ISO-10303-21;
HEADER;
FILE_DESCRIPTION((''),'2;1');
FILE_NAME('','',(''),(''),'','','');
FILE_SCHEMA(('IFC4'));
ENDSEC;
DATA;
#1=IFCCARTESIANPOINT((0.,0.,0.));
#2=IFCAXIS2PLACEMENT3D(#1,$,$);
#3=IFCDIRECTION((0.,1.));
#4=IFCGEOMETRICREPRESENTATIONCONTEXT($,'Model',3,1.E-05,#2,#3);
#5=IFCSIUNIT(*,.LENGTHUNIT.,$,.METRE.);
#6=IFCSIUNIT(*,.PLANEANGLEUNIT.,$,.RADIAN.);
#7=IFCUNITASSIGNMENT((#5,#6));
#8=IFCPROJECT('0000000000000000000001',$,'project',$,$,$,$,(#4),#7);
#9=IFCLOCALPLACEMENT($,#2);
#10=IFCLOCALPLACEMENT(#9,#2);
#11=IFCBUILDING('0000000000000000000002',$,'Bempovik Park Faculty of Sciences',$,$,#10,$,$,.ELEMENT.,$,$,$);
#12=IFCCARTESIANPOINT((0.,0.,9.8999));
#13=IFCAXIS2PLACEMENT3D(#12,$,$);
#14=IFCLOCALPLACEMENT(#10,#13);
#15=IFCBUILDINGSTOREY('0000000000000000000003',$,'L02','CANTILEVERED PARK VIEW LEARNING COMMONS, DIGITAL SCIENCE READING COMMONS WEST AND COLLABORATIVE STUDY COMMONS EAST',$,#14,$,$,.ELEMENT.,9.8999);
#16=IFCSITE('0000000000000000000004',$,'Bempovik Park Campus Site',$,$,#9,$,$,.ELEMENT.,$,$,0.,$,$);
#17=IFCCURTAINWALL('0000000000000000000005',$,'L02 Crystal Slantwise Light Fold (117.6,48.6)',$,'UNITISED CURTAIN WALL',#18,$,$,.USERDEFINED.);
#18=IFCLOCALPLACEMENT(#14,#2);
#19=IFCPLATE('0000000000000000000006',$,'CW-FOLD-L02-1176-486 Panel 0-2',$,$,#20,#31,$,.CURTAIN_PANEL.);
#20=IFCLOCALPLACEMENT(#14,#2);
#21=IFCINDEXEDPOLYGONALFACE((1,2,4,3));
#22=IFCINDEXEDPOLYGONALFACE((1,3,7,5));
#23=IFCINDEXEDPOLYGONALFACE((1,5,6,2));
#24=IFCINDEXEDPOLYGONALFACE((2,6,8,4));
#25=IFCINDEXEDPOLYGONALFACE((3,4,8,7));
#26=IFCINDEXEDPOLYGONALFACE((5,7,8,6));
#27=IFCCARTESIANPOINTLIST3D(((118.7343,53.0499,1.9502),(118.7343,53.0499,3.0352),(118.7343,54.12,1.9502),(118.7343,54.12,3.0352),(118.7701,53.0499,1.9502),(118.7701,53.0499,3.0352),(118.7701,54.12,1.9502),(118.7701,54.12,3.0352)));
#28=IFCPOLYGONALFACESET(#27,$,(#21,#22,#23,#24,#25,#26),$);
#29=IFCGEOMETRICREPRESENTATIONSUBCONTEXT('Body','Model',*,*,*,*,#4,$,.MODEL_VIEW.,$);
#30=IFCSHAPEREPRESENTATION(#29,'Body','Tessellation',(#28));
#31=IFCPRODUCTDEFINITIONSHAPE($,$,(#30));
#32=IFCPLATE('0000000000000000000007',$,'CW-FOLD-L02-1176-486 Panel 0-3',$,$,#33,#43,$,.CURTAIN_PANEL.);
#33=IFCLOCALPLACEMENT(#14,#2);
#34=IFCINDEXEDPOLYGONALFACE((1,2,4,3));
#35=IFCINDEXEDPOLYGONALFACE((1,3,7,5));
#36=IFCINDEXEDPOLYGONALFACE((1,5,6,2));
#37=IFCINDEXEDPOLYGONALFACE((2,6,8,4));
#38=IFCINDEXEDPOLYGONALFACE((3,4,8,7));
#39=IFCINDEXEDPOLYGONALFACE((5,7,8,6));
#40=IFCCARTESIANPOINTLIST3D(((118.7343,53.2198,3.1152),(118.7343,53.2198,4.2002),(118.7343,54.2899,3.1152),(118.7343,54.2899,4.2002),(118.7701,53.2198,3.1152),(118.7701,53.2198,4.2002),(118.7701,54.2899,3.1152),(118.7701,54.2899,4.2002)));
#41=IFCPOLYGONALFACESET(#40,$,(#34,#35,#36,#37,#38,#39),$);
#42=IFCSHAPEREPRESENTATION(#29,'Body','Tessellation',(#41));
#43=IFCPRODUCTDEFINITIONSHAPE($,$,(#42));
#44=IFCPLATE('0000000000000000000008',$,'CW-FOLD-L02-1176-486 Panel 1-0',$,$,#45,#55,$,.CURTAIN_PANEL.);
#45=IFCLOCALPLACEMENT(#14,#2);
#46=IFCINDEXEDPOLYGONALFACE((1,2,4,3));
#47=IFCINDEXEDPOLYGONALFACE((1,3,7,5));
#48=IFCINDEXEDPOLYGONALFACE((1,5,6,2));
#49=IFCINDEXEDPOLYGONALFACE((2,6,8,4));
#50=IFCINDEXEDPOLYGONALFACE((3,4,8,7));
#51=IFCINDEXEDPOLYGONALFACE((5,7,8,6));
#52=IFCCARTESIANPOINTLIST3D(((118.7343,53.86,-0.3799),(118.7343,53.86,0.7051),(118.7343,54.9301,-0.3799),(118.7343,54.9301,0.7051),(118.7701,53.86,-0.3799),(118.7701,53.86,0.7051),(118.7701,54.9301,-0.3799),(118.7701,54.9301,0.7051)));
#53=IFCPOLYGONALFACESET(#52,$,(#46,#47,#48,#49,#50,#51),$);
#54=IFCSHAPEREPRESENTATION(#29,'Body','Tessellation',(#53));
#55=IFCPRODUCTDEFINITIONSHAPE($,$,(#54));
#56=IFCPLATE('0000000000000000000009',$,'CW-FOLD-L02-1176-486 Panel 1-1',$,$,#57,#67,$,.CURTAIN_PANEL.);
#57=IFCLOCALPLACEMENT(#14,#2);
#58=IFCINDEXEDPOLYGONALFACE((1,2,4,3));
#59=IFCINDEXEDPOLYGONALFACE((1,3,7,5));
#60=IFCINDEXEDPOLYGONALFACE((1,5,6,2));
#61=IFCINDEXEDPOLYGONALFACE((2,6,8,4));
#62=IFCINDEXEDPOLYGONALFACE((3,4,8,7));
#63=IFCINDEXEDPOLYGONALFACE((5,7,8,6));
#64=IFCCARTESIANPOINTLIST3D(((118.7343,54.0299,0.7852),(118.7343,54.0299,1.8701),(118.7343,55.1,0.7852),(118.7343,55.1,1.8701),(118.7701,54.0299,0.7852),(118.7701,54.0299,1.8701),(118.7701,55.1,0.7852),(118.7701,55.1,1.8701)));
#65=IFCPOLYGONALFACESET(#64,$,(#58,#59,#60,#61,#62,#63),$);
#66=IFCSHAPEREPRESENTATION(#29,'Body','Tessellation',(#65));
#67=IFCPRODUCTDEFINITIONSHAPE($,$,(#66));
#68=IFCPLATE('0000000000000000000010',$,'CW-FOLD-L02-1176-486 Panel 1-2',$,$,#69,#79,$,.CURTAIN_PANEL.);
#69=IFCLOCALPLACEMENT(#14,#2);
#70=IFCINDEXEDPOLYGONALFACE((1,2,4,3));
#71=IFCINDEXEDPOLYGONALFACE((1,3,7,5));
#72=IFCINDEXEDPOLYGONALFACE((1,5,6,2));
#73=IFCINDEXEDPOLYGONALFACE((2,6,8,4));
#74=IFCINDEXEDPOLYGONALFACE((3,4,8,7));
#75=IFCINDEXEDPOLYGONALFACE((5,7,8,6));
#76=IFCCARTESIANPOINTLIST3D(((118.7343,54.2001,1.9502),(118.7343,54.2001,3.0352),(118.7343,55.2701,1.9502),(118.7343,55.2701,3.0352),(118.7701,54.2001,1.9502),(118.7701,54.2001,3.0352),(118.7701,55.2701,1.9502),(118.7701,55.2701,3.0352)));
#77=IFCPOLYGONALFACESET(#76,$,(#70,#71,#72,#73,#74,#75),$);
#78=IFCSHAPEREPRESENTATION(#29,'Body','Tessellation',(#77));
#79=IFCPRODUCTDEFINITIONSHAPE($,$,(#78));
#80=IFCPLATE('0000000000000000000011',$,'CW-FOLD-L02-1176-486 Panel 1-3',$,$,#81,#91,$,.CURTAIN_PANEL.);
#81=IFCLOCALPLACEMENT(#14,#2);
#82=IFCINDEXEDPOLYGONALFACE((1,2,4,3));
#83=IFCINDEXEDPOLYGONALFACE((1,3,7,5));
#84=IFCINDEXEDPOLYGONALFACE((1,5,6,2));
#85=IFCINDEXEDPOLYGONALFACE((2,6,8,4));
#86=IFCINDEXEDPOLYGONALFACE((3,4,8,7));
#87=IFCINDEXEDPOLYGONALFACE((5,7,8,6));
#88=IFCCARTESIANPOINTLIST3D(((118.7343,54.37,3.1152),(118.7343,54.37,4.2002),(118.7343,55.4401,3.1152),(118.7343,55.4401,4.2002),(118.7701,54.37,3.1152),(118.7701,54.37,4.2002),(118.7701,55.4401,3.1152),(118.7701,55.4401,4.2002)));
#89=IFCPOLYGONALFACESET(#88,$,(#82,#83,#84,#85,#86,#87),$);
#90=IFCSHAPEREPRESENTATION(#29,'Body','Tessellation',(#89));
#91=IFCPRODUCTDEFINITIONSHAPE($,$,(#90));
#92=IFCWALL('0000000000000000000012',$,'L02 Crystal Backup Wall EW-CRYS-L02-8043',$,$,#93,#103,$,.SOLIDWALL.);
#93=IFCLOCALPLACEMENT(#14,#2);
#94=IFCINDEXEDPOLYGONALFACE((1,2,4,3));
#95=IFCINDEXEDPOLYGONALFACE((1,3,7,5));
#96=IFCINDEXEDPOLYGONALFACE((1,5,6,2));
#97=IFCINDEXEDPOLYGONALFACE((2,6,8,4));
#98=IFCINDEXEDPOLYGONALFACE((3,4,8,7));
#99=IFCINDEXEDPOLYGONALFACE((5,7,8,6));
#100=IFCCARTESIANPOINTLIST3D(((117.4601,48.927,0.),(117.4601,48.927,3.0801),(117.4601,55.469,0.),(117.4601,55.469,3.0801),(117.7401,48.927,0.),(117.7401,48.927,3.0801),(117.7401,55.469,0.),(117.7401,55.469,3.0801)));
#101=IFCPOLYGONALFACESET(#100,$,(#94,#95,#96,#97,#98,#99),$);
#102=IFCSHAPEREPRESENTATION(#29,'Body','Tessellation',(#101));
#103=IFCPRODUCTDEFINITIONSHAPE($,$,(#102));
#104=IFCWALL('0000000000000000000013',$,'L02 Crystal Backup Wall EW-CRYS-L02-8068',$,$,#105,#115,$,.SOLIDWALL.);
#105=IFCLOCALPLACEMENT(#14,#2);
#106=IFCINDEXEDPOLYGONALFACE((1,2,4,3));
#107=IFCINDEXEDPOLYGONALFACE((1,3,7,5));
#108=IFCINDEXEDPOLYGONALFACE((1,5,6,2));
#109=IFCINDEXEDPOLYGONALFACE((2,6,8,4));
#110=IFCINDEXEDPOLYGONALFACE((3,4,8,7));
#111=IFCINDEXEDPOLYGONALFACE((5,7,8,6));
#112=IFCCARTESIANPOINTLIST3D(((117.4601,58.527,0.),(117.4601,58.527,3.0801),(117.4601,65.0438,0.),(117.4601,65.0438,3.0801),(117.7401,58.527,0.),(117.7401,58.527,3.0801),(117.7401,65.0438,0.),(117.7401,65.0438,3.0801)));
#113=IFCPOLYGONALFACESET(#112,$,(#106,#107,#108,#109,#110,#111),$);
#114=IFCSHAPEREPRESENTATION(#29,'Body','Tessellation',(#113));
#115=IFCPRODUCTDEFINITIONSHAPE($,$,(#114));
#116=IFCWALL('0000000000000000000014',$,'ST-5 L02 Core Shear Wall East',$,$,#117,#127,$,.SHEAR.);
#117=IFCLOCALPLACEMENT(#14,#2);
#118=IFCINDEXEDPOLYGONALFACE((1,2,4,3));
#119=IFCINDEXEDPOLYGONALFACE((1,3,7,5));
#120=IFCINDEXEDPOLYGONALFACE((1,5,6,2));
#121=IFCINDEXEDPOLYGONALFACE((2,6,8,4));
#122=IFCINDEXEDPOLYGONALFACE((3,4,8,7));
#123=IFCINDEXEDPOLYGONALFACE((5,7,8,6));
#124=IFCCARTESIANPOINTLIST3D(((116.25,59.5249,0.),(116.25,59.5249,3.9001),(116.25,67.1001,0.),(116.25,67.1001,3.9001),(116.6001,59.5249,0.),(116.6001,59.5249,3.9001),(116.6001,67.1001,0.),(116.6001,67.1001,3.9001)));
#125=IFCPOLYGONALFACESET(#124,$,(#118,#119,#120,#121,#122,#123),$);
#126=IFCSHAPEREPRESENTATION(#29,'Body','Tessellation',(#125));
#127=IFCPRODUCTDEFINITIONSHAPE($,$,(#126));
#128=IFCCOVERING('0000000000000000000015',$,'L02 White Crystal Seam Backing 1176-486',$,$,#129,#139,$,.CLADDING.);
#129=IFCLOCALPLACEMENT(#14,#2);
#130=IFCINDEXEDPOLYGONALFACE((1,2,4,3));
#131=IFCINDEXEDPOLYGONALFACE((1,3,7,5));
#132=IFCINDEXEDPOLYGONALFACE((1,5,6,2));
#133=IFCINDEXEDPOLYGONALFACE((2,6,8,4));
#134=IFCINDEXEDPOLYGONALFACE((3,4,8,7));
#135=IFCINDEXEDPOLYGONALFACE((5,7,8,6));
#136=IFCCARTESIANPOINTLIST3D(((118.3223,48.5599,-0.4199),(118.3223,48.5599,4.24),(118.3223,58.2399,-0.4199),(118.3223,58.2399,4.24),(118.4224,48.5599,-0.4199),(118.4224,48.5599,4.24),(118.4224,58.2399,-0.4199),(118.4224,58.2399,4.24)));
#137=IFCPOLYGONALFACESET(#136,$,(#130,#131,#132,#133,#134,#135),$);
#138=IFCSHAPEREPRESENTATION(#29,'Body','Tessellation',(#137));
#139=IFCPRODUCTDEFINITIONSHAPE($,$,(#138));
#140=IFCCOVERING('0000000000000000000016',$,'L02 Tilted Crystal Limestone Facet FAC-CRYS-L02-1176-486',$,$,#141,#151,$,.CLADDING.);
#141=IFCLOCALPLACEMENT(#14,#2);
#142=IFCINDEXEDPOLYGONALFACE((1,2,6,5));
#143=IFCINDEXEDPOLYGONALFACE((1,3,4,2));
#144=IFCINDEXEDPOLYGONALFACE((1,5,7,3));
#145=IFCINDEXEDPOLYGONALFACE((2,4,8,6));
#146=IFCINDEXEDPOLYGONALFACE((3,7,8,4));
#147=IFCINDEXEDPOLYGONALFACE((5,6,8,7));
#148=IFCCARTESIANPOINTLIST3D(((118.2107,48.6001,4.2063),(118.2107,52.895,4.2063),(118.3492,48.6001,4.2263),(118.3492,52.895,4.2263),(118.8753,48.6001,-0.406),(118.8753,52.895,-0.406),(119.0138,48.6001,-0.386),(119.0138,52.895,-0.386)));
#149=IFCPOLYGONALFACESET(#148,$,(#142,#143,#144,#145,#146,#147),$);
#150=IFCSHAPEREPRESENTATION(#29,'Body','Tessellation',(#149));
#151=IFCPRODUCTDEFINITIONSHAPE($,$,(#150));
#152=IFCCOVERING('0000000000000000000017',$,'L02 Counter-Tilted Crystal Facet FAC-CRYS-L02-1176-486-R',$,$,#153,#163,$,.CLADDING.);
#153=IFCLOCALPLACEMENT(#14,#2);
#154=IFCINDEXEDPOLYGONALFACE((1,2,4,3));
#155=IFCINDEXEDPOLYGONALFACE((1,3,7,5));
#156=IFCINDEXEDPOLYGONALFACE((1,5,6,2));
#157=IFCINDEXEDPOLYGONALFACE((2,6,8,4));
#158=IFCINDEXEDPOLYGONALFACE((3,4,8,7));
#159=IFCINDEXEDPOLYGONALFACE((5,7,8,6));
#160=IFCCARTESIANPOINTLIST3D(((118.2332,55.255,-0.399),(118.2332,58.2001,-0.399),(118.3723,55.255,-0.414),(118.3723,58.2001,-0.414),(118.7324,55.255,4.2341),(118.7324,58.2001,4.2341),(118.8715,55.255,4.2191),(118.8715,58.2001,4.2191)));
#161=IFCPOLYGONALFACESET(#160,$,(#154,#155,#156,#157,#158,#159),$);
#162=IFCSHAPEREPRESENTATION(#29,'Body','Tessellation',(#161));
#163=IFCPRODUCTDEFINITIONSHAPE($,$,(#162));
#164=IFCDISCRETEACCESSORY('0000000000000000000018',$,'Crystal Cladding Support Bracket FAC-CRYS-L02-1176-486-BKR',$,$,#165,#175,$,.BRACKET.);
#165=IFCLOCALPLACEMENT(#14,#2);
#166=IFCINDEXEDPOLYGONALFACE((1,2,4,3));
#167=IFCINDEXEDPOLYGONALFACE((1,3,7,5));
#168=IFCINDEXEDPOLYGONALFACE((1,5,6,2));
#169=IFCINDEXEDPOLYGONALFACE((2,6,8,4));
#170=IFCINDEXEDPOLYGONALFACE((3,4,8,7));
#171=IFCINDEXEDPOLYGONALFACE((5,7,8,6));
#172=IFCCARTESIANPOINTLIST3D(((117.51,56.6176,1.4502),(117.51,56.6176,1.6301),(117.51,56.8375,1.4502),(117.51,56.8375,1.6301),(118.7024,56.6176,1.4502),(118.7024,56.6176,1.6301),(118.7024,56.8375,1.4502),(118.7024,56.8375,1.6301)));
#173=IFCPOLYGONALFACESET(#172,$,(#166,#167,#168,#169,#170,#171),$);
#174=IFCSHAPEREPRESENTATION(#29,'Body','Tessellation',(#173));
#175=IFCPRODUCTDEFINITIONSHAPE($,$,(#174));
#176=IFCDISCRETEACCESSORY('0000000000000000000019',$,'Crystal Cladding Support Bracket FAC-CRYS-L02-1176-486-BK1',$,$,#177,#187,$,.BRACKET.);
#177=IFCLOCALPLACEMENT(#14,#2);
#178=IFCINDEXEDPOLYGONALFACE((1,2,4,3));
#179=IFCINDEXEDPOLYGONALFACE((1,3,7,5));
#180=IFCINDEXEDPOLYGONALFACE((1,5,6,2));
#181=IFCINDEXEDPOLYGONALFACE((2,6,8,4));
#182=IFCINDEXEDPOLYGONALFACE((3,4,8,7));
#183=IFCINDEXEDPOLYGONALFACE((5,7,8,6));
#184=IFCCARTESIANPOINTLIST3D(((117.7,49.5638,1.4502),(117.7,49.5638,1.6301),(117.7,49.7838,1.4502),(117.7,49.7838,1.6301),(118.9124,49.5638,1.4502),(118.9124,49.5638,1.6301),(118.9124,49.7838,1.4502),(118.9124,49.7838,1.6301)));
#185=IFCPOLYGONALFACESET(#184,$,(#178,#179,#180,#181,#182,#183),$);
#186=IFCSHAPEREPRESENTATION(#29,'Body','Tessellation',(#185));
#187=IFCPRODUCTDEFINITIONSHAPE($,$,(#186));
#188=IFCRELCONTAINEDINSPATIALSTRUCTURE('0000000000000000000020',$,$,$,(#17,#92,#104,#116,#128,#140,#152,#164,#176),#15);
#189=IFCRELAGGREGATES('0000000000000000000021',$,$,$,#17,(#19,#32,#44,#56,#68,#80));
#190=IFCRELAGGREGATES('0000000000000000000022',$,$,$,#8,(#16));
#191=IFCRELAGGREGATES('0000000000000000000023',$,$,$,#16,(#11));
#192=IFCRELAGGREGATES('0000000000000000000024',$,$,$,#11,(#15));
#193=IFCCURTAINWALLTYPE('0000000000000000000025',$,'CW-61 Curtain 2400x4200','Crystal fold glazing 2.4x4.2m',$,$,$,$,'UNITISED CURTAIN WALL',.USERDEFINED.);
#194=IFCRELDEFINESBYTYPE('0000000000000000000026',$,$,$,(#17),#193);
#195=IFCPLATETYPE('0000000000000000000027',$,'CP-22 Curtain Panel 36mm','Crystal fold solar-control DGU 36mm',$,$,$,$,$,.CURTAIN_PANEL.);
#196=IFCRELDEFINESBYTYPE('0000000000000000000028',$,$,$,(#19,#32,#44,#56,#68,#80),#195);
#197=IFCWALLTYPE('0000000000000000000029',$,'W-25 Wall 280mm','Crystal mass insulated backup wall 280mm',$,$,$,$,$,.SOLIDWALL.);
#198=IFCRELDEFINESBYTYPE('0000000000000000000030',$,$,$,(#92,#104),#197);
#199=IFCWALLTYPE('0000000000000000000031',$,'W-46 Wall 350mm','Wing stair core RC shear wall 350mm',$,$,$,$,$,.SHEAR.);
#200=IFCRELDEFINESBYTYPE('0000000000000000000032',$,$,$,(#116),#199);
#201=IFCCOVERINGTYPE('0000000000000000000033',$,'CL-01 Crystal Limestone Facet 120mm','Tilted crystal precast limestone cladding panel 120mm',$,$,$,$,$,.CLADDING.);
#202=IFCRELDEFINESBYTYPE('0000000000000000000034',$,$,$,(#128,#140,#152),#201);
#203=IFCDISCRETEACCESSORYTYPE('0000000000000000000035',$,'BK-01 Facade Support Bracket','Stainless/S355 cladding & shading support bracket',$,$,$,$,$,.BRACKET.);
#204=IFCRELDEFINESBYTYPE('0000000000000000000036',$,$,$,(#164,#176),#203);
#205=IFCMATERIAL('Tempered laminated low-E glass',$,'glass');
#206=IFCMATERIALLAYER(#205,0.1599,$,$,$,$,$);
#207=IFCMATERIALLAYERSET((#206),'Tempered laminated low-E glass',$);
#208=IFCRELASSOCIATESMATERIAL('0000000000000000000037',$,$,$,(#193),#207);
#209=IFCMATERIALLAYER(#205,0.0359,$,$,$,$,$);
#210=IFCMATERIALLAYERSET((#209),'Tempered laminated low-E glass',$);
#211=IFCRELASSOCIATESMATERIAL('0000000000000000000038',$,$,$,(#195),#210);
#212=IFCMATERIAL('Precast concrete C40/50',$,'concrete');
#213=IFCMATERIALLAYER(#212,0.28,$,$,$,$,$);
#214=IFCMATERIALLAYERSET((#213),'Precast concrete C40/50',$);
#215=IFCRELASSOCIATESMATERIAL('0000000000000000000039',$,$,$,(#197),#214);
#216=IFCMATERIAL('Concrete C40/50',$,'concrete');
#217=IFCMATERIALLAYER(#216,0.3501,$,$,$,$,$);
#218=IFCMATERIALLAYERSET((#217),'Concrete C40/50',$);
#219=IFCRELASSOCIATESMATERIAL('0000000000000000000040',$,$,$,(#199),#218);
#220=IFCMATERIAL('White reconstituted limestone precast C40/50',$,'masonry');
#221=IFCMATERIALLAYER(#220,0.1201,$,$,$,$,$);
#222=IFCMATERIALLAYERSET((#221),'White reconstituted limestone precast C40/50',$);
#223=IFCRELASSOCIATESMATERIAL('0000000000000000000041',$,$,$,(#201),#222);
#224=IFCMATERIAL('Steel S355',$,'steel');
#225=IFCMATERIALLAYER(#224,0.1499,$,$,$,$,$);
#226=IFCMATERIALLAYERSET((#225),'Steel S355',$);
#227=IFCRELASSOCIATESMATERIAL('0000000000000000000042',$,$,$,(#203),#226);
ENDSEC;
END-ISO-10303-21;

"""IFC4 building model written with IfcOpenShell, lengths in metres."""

from ifc_helpers import new_model, si_unit, direction, frame, frame_2d, origin, origin_2d, place, context, subcontext, project, spatial, rectangle, extrude, material, layer, layer_set, type_object, element, aggregate, save


model = new_model("IFC4")

# Units and contexts
model_context = context("Model", 3, precision=1e-05, world=origin(), true_north=direction((0.0, 1.0)))
body_context = subcontext(model_context, "Body", "Model", "MODEL_VIEW")
ifc_project = project(units=[si_unit("LENGTHUNIT", "METRE"), si_unit("PLANEANGLEUNIT", "RADIAN")], contexts=[model_context])

# Site, building, storey
site_placement = place(None, origin())
site = spatial("IfcSite", under=ifc_project, at=site_placement, Name="Bempovik Park Campus Site", CompositionType="ELEMENT", RefElevation=0.0)
building_placement = place(site_placement, origin())
building = spatial("IfcBuilding", under=site, at=building_placement, Name="Bempovik Park Faculty of Sciences", CompositionType="ELEMENT")
storey_placement = place(building_placement, frame((0.0, 0.0, 9.8999)))
storey = spatial("IfcBuildingStorey", under=building, at=storey_placement, Name="L02", Description="CANTILEVERED PARK VIEW LEARNING COMMONS, DIGITAL SCIENCE READING COMMONS WEST AND COLLABORATIVE STUDY COMMONS EAST", CompositionType="ELEMENT", Elevation=9.8999)

# Shared definitions
ifc_material_1 = material(Name="Concrete C40/50", Category="concrete")

# Curtain wall, plates
ifc_material_2 = material(Name="Tempered laminated low-E glass", Category="glass")
ifc_layer_1 = layer(ifc_material_2, 0.1599)
ifc_layer_set_1 = layer_set([ifc_layer_1], Name="Tempered laminated low-E glass")
curtain_wall_type = type_object("IfcCurtainWallType", Name="CW-61 Curtain 2400x4200", Description="Crystal fold glazing 2.4x4.2m", ElementType="UNITISED CURTAIN WALL", PredefinedType="USERDEFINED", material=ifc_layer_set_1)
curtain_wall_placement = place(storey_placement, origin())
curtain_wall = element("IfcCurtainWall", 1, at=curtain_wall_placement, inside=storey, type_object=curtain_wall_type, Name="L02 Crystal Slantwise Light Fold (117.6,48.6)", ObjectType="UNITISED CURTAIN WALL", PredefinedType="USERDEFINED")
ifc_layer_2 = layer(ifc_material_2, 0.0359)
ifc_layer_set_2 = layer_set([ifc_layer_2], Name="Tempered laminated low-E glass")
plate_type = type_object("IfcPlateType", Name="CP-22 Curtain Panel 36mm", Description="Crystal fold solar-control DGU 36mm", PredefinedType="CURTAIN_PANEL", material=ifc_layer_set_2)
plate_1_placement = place(storey_placement, frame((118.7522, 53.585, 1.9502), z_axis=(0.0, 0.0, 1.0), x_axis=(0.0, 1.0, 0.0)))
plate_1 = element("IfcPlate", 2, at=plate_1_placement, type_object=plate_type, Name="CW-FOLD-L02-1176-486 Panel 0-2", PredefinedType="CURTAIN_PANEL", context=body_context, shape_type="SweptSolid", body=[
    extrude(rectangle(XDim=1.0701, YDim=0.0359, at=origin_2d()), origin(), (0.0, 0.0, 1.0), 1.085),
])
plate_2_placement = place(storey_placement, frame((118.7522, 53.7549, 3.1152), z_axis=(0.0, 0.0, 1.0), x_axis=(0.0, 1.0, 0.0)))
plate_2 = element("IfcPlate", 3, at=plate_2_placement, type_object=plate_type, Name="CW-FOLD-L02-1176-486 Panel 0-3", PredefinedType="CURTAIN_PANEL", context=body_context, shape_type="SweptSolid", body=[
    extrude(rectangle(XDim=1.0701, YDim=0.0359, at=origin_2d()), origin(), (0.0, 0.0, 1.0), 1.085),
])
plate_3_placement = place(storey_placement, frame((118.7522, 54.395, -0.3799), z_axis=(0.0, 0.0, 1.0), x_axis=(0.0, 1.0, 0.0)))
plate_3 = element("IfcPlate", 4, at=plate_3_placement, type_object=plate_type, Name="CW-FOLD-L02-1176-486 Panel 1-0", PredefinedType="CURTAIN_PANEL", context=body_context, shape_type="SweptSolid", body=[
    extrude(rectangle(XDim=1.0701, YDim=0.0359, at=origin_2d()), origin(), (0.0, 0.0, 1.0), 1.085),
])
plate_4_placement = place(storey_placement, frame((118.7522, 54.5649, 0.7852), z_axis=(0.0, 0.0, 1.0), x_axis=(0.0, 1.0, 0.0)))
plate_4 = element("IfcPlate", 5, at=plate_4_placement, type_object=plate_type, Name="CW-FOLD-L02-1176-486 Panel 1-1", PredefinedType="CURTAIN_PANEL", context=body_context, shape_type="SweptSolid", body=[
    extrude(rectangle(XDim=1.0701, YDim=0.0359, at=origin_2d()), origin(), (0.0, 0.0, 1.0), 1.085),
])
plate_5_placement = place(storey_placement, frame((118.7522, 54.7351, 1.9502), z_axis=(0.0, 0.0, 1.0), x_axis=(0.0, 1.0, 0.0)))
plate_5 = element("IfcPlate", 6, at=plate_5_placement, type_object=plate_type, Name="CW-FOLD-L02-1176-486 Panel 1-2", PredefinedType="CURTAIN_PANEL", context=body_context, shape_type="SweptSolid", body=[
    extrude(rectangle(XDim=1.0701, YDim=0.0359, at=origin_2d()), origin(), (0.0, 0.0, 1.0), 1.085),
])
plate_6_placement = place(storey_placement, frame((118.7522, 54.905, 3.1152), z_axis=(0.0, 0.0, 1.0), x_axis=(0.0, 1.0, 0.0)))
plate_6 = element("IfcPlate", 7, at=plate_6_placement, type_object=plate_type, Name="CW-FOLD-L02-1176-486 Panel 1-3", PredefinedType="CURTAIN_PANEL", context=body_context, shape_type="SweptSolid", body=[
    extrude(rectangle(XDim=1.0701, YDim=0.0359, at=origin_2d()), origin(), (0.0, 0.0, 1.0), 1.085),
])
aggregate(curtain_wall, [plate_1, plate_2, plate_3, plate_4, plate_5, plate_6])

# Walls
ifc_material_3 = material(Name="Precast concrete C40/50", Category="concrete")
ifc_layer_3 = layer(ifc_material_3, 0.28)
ifc_layer_set_3 = layer_set([ifc_layer_3], Name="Precast concrete C40/50")
wall_type_1 = type_object("IfcWallType", Name="W-25 Wall 280mm", Description="Crystal mass insulated backup wall 280mm", PredefinedType="SOLIDWALL", material=ifc_layer_set_3)
wall_1_placement = place(storey_placement, frame((117.6001, 48.927, 0.0), z_axis=(0.0, 0.0, 1.0), x_axis=(0.0, 1.0, 0.0)))
element("IfcWall", 8, at=wall_1_placement, inside=storey, type_object=wall_type_1, Name="L02 Crystal Backup Wall EW-CRYS-L02-8043", PredefinedType="SOLIDWALL", context=body_context, shape_type="SweptSolid", body=[
    extrude(rectangle(XDim=6.542, YDim=0.28, at=frame_2d((3.271, 0.0))), origin(), (0.0, 0.0, 1.0), 3.0801),
])
wall_2_placement = place(storey_placement, frame((117.6001, 58.5271, 0.0), z_axis=(0.0, 0.0, 1.0), x_axis=(0.0, 1.0, 0.0)))
element("IfcWall", 9, at=wall_2_placement, inside=storey, type_object=wall_type_1, Name="L02 Crystal Backup Wall EW-CRYS-L02-8068", PredefinedType="SOLIDWALL", context=body_context, shape_type="SweptSolid", body=[
    extrude(rectangle(XDim=6.5168, YDim=0.28, at=frame_2d((3.2583, 0.0))), origin(), (0.0, 0.0, 1.0), 3.0801),
])
ifc_layer_4 = layer(ifc_material_1, 0.3501)
ifc_layer_set_4 = layer_set([ifc_layer_4], Name="Concrete C40/50")
wall_type_2 = type_object("IfcWallType", Name="W-46 Wall 350mm", Description="Wing stair core RC shear wall 350mm", PredefinedType="SHEAR", material=ifc_layer_set_4)
wall_3_placement = place(storey_placement, frame((116.425, 59.5249, 0.0), z_axis=(0.0, 0.0, 1.0), x_axis=(0.0, 1.0, 0.0)))
element("IfcWall", 10, at=wall_3_placement, inside=storey, type_object=wall_type_2, Name="ST-5 L02 Core Shear Wall East", PredefinedType="SHEAR", context=body_context, shape_type="SweptSolid", body=[
    extrude(rectangle(XDim=7.5752, YDim=0.3501, at=frame_2d((3.7876, 0.0))), origin(), (0.0, 0.0, 1.0), 3.9001),
])

# Coverings
ifc_material_4 = material(Name="White reconstituted limestone precast C40/50", Category="masonry")
ifc_layer_5 = layer(ifc_material_4, 0.1201)
ifc_layer_set_5 = layer_set([ifc_layer_5], Name="White reconstituted limestone precast C40/50")
covering_type = type_object("IfcCoveringType", Name="CL-01 Crystal Limestone Facet 120mm", Description="Tilted crystal precast limestone cladding panel 120mm", PredefinedType="CLADDING", material=ifc_layer_set_5)
covering_1_placement = place(storey_placement, frame((118.3723, 53.3999, -0.4199), z_axis=(0.0, 0.0, 1.0), x_axis=(1.0, 0.0, 0.0)))
element("IfcCovering", 11, at=covering_1_placement, inside=storey, type_object=covering_type, Name="L02 White Crystal Seam Backing 1176-486", PredefinedType="CLADDING", context=body_context, shape_type="SweptSolid", body=[
    extrude(rectangle(XDim=0.1001, YDim=9.6799, at=origin_2d()), origin(), (0.0, 0.0, 1.0), 4.6599),
])
covering_2_placement = place(storey_placement, frame((118.9446, 50.7476, -0.396), z_axis=(-0.142629, 0.0, 0.989776), x_axis=(0.0, 1.0, 0.0)))
element("IfcCovering", 12, at=covering_2_placement, inside=storey, type_object=covering_type, Name="L02 Tilted Crystal Limestone Facet FAC-CRYS-L02-1176-486", PredefinedType="CLADDING", context=body_context, shape_type="SweptSolid", body=[
    extrude(rectangle(XDim=4.2949, YDim=0.1399, at=origin_2d()), origin(), (0.0, 0.0, 1.0), 4.6599),
])
covering_3_placement = place(storey_placement, frame((118.3027, 56.7275, -0.4065), z_axis=(0.107132, 0.0, 0.994245), x_axis=(0.0, 1.0, 0.0)))
element("IfcCovering", 13, at=covering_3_placement, inside=storey, type_object=covering_type, Name="L02 Counter-Tilted Crystal Facet FAC-CRYS-L02-1176-486-R", PredefinedType="CLADDING", context=body_context, shape_type="SweptSolid", body=[
    extrude(rectangle(XDim=2.9451, YDim=0.1399, at=origin_2d()), origin(), (0.0, 0.0, 1.0), 4.6599),
])

# Discrete accessories
ifc_material_5 = material(Name="Steel S355", Category="steel")
ifc_layer_6 = layer(ifc_material_5, 0.1499)
ifc_layer_set_6 = layer_set([ifc_layer_6], Name="Steel S355")
discrete_accessory_type = type_object("IfcDiscreteAccessoryType", Name="BK-01 Facade Support Bracket", Description="Stainless/S355 cladding & shading support bracket", PredefinedType="BRACKET", material=ifc_layer_set_6)
discrete_accessory_1_placement = place(storey_placement, frame((118.1062, 56.7275, 1.4502), z_axis=(0.0, 0.0, 1.0), x_axis=(1.0, 0.0, 0.0)))
element("IfcDiscreteAccessory", 14, at=discrete_accessory_1_placement, inside=storey, type_object=discrete_accessory_type, Name="Crystal Cladding Support Bracket FAC-CRYS-L02-1176-486-BKR", PredefinedType="BRACKET", context=body_context, shape_type="SweptSolid", body=[
    extrude(rectangle(XDim=1.1924, YDim=0.22, at=origin_2d()), origin(), (0.0, 0.0, 1.0), 0.1799),
])
for number, where, z_axis, x_axis, name in (
    (15, (118.3062, 49.6738, 1.4502), (0.0, 0.0, 1.0), (1.0, 0.0, 0.0), "Crystal Cladding Support Bracket FAC-CRYS-L02-1176-486-BK1"),
):
    element("IfcDiscreteAccessory", number, at=place(storey_placement, frame(where, z_axis=z_axis, x_axis=x_axis)), inside=storey, type_object=discrete_accessory_type, Name=name, PredefinedType="BRACKET", context=body_context, shape_type="SweptSolid", body=[
        extrude(rectangle(XDim=1.2124, YDim=0.22, at=origin_2d()), origin(), (0.0, 0.0, 1.0), 0.1799),
    ])

save(model, "model.ifc")
